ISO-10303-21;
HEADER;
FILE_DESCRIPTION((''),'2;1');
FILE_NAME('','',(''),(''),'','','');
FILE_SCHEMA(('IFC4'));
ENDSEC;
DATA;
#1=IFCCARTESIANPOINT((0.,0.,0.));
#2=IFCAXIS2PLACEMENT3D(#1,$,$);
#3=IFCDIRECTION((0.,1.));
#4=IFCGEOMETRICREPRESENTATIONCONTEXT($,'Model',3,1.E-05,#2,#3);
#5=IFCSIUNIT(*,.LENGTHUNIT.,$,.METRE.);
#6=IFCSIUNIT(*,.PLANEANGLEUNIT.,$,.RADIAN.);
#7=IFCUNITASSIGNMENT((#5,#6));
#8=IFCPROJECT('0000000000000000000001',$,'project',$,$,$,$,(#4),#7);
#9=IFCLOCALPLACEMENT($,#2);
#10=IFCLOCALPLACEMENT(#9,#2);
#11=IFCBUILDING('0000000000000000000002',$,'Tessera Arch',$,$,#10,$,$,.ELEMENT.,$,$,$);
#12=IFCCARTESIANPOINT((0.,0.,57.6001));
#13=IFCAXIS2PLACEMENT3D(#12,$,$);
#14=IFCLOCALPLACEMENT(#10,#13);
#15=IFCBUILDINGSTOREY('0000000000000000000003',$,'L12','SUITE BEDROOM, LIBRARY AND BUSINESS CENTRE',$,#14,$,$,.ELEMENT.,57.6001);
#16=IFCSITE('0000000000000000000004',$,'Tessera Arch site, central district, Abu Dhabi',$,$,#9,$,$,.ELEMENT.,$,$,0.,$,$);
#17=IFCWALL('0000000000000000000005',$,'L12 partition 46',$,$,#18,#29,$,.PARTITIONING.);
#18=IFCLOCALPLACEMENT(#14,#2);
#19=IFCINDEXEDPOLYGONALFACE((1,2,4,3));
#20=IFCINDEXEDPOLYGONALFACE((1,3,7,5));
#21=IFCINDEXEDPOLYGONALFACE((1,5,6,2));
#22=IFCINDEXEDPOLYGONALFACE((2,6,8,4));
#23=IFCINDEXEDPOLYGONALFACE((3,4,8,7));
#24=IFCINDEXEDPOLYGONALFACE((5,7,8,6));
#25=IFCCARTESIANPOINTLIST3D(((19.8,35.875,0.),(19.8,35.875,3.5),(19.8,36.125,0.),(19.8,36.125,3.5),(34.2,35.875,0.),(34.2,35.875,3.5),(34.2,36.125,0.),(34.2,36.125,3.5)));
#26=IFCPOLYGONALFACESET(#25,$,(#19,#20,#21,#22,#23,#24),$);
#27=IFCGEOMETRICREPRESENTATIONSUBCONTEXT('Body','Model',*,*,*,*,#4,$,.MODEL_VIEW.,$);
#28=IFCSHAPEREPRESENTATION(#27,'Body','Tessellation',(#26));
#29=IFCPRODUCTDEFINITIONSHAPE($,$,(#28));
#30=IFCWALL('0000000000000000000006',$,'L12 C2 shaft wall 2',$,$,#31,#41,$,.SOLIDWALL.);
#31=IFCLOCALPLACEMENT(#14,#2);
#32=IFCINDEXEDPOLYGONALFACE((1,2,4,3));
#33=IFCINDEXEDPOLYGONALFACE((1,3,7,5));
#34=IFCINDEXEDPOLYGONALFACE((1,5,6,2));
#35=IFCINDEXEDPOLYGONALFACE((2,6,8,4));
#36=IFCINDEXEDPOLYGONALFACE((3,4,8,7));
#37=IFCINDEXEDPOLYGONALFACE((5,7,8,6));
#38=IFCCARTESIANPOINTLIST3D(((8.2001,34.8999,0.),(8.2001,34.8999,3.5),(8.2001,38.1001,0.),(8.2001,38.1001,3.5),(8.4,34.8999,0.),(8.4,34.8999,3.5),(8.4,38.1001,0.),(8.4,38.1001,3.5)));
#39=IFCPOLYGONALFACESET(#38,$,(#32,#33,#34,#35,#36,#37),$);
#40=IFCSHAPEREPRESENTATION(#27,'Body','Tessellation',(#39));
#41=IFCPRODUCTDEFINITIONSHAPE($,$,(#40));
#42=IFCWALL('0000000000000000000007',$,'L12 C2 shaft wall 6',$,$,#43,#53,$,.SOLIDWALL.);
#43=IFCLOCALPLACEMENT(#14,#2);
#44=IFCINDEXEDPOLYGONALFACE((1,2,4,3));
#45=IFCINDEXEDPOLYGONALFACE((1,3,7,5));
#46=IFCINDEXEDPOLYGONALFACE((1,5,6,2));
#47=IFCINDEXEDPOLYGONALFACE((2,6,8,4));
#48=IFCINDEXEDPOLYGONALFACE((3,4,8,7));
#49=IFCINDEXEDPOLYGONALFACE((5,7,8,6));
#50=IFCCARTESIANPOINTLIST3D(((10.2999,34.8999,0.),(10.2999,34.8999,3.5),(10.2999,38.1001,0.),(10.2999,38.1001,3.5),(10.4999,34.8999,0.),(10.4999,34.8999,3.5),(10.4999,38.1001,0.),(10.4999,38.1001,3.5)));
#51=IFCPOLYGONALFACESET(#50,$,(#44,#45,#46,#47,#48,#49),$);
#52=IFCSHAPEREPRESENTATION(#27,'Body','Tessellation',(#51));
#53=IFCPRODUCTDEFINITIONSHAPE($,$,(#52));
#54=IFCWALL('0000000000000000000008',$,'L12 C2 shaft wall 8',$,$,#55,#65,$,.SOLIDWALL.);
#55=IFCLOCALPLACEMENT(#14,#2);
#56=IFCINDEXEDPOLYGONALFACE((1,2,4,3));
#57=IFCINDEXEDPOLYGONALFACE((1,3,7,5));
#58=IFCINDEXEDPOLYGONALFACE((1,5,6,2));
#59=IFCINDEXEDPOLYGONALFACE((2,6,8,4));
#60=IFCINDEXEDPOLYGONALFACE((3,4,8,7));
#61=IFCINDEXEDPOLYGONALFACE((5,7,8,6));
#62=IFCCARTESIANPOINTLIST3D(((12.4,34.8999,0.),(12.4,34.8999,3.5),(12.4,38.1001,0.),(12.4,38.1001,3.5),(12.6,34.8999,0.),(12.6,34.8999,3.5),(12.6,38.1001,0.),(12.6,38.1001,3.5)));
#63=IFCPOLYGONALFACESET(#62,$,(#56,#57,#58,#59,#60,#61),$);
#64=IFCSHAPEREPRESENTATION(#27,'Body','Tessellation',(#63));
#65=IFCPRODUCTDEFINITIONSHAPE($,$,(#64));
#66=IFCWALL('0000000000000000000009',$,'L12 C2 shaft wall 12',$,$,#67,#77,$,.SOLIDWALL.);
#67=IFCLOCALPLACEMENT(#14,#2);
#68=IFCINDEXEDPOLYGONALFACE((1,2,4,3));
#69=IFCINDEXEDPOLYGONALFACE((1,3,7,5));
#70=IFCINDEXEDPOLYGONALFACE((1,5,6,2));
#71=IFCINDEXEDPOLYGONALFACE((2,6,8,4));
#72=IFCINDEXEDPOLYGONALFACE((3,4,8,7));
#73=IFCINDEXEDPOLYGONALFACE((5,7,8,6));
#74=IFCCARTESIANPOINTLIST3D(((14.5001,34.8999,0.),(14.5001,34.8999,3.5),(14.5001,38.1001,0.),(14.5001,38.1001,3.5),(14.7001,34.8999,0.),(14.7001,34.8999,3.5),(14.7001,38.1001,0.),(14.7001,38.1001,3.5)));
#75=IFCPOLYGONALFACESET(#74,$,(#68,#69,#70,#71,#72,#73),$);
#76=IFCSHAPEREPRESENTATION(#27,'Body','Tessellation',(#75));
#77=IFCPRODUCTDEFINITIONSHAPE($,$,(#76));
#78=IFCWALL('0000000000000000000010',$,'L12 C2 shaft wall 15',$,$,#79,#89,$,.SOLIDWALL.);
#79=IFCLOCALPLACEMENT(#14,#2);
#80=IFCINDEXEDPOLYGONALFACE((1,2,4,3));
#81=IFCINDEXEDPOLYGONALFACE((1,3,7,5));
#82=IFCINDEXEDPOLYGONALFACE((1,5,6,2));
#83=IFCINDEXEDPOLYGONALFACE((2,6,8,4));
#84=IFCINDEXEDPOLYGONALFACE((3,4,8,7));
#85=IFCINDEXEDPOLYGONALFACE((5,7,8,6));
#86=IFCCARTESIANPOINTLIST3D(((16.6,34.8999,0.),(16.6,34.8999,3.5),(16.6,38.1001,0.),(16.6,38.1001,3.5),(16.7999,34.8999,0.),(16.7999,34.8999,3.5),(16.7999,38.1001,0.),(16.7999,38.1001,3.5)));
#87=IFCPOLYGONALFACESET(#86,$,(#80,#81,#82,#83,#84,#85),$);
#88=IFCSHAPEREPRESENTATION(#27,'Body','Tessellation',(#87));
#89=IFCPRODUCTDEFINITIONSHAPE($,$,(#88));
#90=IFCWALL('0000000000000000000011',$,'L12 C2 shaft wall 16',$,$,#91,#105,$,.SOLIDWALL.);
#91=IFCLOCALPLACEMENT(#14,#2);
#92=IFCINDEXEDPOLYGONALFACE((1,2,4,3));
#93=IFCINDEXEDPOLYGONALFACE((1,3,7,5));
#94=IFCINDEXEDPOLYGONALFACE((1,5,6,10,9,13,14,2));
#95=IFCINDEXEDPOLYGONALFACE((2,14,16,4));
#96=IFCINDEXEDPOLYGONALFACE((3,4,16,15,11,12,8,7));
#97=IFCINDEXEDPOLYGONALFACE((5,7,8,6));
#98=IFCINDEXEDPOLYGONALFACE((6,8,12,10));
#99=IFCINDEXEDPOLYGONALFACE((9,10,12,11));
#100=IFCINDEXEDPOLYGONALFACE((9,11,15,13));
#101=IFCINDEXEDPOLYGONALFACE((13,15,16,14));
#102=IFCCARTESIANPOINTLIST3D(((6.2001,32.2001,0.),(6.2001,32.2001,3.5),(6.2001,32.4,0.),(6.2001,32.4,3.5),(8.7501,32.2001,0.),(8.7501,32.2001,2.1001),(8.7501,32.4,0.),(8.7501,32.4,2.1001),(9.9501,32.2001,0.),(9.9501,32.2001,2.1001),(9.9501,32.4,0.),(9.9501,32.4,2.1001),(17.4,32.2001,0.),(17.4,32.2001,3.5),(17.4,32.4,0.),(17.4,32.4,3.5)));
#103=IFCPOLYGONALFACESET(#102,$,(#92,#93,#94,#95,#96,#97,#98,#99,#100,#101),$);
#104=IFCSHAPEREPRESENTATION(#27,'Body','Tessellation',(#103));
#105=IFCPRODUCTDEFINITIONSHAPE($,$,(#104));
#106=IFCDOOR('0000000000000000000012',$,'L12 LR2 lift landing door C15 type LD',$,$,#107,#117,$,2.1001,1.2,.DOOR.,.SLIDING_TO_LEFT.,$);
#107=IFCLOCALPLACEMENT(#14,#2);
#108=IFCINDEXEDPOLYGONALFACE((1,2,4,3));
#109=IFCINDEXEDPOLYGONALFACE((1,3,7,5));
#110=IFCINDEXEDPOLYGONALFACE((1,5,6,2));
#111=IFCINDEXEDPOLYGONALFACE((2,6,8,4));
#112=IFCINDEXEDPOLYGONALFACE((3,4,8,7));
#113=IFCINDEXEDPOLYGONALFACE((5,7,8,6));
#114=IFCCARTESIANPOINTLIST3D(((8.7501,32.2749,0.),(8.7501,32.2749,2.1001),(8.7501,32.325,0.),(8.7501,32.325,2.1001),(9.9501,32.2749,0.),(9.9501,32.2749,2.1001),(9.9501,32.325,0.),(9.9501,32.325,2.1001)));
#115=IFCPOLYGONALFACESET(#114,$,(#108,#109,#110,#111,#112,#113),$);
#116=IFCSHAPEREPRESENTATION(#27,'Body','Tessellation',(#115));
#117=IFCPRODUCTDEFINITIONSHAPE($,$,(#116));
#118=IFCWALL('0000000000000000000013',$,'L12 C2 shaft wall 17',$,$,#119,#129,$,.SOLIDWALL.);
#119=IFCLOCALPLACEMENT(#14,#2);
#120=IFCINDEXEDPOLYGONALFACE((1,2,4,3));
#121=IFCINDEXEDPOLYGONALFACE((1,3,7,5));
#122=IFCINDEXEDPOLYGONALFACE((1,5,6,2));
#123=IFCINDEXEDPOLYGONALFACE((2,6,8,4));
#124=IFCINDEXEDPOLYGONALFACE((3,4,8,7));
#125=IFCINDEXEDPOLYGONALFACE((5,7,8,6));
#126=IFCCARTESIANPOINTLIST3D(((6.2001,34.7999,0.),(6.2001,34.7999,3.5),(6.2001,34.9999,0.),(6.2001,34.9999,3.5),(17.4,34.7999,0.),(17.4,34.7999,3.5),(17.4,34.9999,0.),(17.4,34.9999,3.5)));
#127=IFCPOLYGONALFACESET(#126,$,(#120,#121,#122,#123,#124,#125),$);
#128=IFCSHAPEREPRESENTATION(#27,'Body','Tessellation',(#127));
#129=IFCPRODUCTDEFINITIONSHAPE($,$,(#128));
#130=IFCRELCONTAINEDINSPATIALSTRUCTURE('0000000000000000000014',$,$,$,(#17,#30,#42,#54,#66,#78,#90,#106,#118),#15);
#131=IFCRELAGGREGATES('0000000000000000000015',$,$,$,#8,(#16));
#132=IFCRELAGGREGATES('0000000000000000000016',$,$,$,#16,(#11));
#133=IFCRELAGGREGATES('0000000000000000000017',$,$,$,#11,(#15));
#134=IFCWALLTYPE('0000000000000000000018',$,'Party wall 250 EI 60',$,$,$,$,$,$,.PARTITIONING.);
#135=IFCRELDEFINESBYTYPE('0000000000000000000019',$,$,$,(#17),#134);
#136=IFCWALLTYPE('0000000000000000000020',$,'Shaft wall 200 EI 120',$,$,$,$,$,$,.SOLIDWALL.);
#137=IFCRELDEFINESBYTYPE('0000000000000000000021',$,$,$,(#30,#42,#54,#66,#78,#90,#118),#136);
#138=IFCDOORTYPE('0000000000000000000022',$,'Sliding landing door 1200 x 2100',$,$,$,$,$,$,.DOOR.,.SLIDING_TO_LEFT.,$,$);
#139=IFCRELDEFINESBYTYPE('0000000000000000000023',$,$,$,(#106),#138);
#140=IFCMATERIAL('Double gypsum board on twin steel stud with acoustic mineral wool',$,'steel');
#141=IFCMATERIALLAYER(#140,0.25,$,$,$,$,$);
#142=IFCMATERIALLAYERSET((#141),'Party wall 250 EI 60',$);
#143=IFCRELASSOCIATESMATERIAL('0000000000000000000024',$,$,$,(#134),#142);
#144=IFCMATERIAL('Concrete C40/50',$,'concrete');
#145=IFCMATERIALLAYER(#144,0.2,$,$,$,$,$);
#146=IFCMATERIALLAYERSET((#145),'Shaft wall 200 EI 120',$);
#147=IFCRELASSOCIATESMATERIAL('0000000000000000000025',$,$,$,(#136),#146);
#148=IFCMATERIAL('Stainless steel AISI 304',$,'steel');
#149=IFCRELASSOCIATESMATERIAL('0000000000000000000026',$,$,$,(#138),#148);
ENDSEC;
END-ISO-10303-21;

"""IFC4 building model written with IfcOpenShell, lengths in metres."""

from ifc_helpers import new_model, si_unit, direction, frame, frame_2d, origin, place, context, subcontext, project, spatial, rectangle, extrude, material, layer, layer_set, type_object, element, fill, save


model = new_model("IFC4")

# Units and contexts
model_context = context("Model", 3, precision=1e-05, world=origin(), true_north=direction((0.0, 1.0)))
body_context = subcontext(model_context, "Body", "Model", "MODEL_VIEW")
ifc_project = project(units=[si_unit("LENGTHUNIT", "METRE"), si_unit("PLANEANGLEUNIT", "RADIAN")], contexts=[model_context])

# Site, building, storey
site_placement = place(None, origin())
site = spatial("IfcSite", under=ifc_project, at=site_placement, Name="Tessera Arch site, central district, Abu Dhabi", CompositionType="ELEMENT", RefElevation=0.0)
building_placement = place(site_placement, origin())
building = spatial("IfcBuilding", under=site, at=building_placement, Name="Tessera Arch", CompositionType="ELEMENT")
storey_placement = place(building_placement, frame((0.0, 0.0, 57.6001)))
storey = spatial("IfcBuildingStorey", under=building, at=storey_placement, Name="L12", Description="SUITE BEDROOM, LIBRARY AND BUSINESS CENTRE", CompositionType="ELEMENT", Elevation=57.6001)

# Walls
ifc_material_1 = material(Name="Double gypsum board on twin steel stud with acoustic mineral wool", Category="steel")
ifc_layer_1 = layer(ifc_material_1, 0.25)
ifc_layer_set_1 = layer_set([ifc_layer_1], Name="Party wall 250 EI 60")
wall_type_1 = type_object("IfcWallType", Name="Party wall 250 EI 60", PredefinedType="PARTITIONING", material=ifc_layer_set_1)
wall_1_placement = place(storey_placement, frame((19.8, 36.0, 0.0), z_axis=(0.0, 0.0, 1.0), x_axis=(1.0, 0.0, 0.0)))
element("IfcWall", 1, at=wall_1_placement, inside=storey, type_object=wall_type_1, Name="L12 partition 46", PredefinedType="PARTITIONING", context=body_context, shape_type="SweptSolid", body=[
    extrude(rectangle(XDim=14.3999, YDim=0.25, at=frame_2d((7.2, 0.0))), origin(), (0.0, 0.0, 1.0), 3.5),
])
ifc_material_2 = material(Name="Concrete C40/50", Category="concrete")
ifc_layer_2 = layer(ifc_material_2, 0.2)
ifc_layer_set_2 = layer_set([ifc_layer_2], Name="Shaft wall 200 EI 120")
wall_type_2 = type_object("IfcWallType", Name="Shaft wall 200 EI 120", PredefinedType="SOLIDWALL", material=ifc_layer_set_2)
for number, where, z_axis, x_axis, name in (
    (2, (8.3, 34.8999, 0.0), (0.0, 0.0, 1.0), (0.0, 1.0, 0.0), "L12 C2 shaft wall 2"),
    (3, (10.3999, 34.8999, 0.0), (0.0, 0.0, 1.0), (0.0, 1.0, 0.0), "L12 C2 shaft wall 6"),
    (4, (12.5, 34.8999, 0.0), (0.0, 0.0, 1.0), (0.0, 1.0, 0.0), "L12 C2 shaft wall 8"),
    (5, (14.6001, 34.8999, 0.0), (0.0, 0.0, 1.0), (0.0, 1.0, 0.0), "L12 C2 shaft wall 12"),
    (6, (16.7, 34.8999, 0.0), (0.0, 0.0, 1.0), (0.0, 1.0, 0.0), "L12 C2 shaft wall 15"),
):
    element("IfcWall", number, at=place(storey_placement, frame(where, z_axis=z_axis, x_axis=x_axis)), inside=storey, type_object=wall_type_2, Name=name, PredefinedType="SOLIDWALL", context=body_context, shape_type="SweptSolid", body=[
        extrude(rectangle(XDim=3.2002, YDim=0.2, at=frame_2d((1.6001, 0.0))), origin(), (0.0, 0.0, 1.0), 3.5),
    ])

# Wall, opening, door
wall_2_placement = place(storey_placement, frame((6.2, 32.3, 0.0), z_axis=(0.0, 0.0, 1.0), x_axis=(1.0, 0.0, 0.0)))
wall_2 = element("IfcWall", 7, at=wall_2_placement, inside=storey, type_object=wall_type_2, Name="L12 C2 shaft wall 16", PredefinedType="SOLIDWALL", context=body_context, shape_type="SweptSolid", body=[
    extrude(rectangle(XDim=11.2, YDim=0.2, at=frame_2d((5.6001, 0.0))), origin(), (0.0, 0.0, 1.0), 3.5),
])
opening_1_placement = place(wall_2_placement, frame((2.55, 0.0, 0.0)))
opening_1 = element("IfcOpeningElement", 8, at=opening_1_placement, cuts=wall_2, PredefinedType="OPENING", context=body_context, shape_type="SweptSolid", body=[
    extrude(rectangle(XDim=1.2, YDim=2.1001, at=frame_2d((0.6001, 1.05))), frame((0.0, 0.1099, 0.0), z_axis=(0.0, -1.0, 0.0), x_axis=(1.0, 0.0, 0.0)), (0.0, 0.0, 1.0), 0.22),
])
ifc_material_3 = material(Name="Stainless steel AISI 304", Category="steel")
door_type_1 = type_object("IfcDoorType", Name="Sliding landing door 1200 x 2100", OperationType="SLIDING_TO_LEFT", PredefinedType="DOOR", material=ifc_material_3)
door_1_placement = place(opening_1_placement, origin())
door_1 = element("IfcDoor", 9, at=door_1_placement, inside=storey, type_object=door_type_1, Name="L12 LR2 lift landing door C15 type LD", OperationType="SLIDING_TO_LEFT", OverallHeight=2.1001, OverallWidth=1.2, PredefinedType="DOOR", context=body_context, shape_type="SweptSolid", body=[
    extrude(rectangle(XDim=1.2, YDim=2.1001, at=frame_2d((0.6001, 1.05))), frame((0.0, 0.0249, 0.0), z_axis=(0.0, -1.0, 0.0), x_axis=(1.0, 0.0, 0.0)), (0.0, 0.0, 1.0), 0.05),
])
fill(opening_1, door_1)

# Wall
wall_3_placement = place(storey_placement, frame((6.2, 34.8999, 0.0), z_axis=(0.0, 0.0, 1.0), x_axis=(1.0, 0.0, 0.0)))
element("IfcWall", 10, at=wall_3_placement, inside=storey, type_object=wall_type_2, Name="L12 C2 shaft wall 17", PredefinedType="SOLIDWALL", context=body_context, shape_type="SweptSolid", body=[
    extrude(rectangle(XDim=11.2, YDim=0.2, at=frame_2d((5.6001, 0.0))), origin(), (0.0, 0.0, 1.0), 3.5),
])

save(model, "model.ifc")
